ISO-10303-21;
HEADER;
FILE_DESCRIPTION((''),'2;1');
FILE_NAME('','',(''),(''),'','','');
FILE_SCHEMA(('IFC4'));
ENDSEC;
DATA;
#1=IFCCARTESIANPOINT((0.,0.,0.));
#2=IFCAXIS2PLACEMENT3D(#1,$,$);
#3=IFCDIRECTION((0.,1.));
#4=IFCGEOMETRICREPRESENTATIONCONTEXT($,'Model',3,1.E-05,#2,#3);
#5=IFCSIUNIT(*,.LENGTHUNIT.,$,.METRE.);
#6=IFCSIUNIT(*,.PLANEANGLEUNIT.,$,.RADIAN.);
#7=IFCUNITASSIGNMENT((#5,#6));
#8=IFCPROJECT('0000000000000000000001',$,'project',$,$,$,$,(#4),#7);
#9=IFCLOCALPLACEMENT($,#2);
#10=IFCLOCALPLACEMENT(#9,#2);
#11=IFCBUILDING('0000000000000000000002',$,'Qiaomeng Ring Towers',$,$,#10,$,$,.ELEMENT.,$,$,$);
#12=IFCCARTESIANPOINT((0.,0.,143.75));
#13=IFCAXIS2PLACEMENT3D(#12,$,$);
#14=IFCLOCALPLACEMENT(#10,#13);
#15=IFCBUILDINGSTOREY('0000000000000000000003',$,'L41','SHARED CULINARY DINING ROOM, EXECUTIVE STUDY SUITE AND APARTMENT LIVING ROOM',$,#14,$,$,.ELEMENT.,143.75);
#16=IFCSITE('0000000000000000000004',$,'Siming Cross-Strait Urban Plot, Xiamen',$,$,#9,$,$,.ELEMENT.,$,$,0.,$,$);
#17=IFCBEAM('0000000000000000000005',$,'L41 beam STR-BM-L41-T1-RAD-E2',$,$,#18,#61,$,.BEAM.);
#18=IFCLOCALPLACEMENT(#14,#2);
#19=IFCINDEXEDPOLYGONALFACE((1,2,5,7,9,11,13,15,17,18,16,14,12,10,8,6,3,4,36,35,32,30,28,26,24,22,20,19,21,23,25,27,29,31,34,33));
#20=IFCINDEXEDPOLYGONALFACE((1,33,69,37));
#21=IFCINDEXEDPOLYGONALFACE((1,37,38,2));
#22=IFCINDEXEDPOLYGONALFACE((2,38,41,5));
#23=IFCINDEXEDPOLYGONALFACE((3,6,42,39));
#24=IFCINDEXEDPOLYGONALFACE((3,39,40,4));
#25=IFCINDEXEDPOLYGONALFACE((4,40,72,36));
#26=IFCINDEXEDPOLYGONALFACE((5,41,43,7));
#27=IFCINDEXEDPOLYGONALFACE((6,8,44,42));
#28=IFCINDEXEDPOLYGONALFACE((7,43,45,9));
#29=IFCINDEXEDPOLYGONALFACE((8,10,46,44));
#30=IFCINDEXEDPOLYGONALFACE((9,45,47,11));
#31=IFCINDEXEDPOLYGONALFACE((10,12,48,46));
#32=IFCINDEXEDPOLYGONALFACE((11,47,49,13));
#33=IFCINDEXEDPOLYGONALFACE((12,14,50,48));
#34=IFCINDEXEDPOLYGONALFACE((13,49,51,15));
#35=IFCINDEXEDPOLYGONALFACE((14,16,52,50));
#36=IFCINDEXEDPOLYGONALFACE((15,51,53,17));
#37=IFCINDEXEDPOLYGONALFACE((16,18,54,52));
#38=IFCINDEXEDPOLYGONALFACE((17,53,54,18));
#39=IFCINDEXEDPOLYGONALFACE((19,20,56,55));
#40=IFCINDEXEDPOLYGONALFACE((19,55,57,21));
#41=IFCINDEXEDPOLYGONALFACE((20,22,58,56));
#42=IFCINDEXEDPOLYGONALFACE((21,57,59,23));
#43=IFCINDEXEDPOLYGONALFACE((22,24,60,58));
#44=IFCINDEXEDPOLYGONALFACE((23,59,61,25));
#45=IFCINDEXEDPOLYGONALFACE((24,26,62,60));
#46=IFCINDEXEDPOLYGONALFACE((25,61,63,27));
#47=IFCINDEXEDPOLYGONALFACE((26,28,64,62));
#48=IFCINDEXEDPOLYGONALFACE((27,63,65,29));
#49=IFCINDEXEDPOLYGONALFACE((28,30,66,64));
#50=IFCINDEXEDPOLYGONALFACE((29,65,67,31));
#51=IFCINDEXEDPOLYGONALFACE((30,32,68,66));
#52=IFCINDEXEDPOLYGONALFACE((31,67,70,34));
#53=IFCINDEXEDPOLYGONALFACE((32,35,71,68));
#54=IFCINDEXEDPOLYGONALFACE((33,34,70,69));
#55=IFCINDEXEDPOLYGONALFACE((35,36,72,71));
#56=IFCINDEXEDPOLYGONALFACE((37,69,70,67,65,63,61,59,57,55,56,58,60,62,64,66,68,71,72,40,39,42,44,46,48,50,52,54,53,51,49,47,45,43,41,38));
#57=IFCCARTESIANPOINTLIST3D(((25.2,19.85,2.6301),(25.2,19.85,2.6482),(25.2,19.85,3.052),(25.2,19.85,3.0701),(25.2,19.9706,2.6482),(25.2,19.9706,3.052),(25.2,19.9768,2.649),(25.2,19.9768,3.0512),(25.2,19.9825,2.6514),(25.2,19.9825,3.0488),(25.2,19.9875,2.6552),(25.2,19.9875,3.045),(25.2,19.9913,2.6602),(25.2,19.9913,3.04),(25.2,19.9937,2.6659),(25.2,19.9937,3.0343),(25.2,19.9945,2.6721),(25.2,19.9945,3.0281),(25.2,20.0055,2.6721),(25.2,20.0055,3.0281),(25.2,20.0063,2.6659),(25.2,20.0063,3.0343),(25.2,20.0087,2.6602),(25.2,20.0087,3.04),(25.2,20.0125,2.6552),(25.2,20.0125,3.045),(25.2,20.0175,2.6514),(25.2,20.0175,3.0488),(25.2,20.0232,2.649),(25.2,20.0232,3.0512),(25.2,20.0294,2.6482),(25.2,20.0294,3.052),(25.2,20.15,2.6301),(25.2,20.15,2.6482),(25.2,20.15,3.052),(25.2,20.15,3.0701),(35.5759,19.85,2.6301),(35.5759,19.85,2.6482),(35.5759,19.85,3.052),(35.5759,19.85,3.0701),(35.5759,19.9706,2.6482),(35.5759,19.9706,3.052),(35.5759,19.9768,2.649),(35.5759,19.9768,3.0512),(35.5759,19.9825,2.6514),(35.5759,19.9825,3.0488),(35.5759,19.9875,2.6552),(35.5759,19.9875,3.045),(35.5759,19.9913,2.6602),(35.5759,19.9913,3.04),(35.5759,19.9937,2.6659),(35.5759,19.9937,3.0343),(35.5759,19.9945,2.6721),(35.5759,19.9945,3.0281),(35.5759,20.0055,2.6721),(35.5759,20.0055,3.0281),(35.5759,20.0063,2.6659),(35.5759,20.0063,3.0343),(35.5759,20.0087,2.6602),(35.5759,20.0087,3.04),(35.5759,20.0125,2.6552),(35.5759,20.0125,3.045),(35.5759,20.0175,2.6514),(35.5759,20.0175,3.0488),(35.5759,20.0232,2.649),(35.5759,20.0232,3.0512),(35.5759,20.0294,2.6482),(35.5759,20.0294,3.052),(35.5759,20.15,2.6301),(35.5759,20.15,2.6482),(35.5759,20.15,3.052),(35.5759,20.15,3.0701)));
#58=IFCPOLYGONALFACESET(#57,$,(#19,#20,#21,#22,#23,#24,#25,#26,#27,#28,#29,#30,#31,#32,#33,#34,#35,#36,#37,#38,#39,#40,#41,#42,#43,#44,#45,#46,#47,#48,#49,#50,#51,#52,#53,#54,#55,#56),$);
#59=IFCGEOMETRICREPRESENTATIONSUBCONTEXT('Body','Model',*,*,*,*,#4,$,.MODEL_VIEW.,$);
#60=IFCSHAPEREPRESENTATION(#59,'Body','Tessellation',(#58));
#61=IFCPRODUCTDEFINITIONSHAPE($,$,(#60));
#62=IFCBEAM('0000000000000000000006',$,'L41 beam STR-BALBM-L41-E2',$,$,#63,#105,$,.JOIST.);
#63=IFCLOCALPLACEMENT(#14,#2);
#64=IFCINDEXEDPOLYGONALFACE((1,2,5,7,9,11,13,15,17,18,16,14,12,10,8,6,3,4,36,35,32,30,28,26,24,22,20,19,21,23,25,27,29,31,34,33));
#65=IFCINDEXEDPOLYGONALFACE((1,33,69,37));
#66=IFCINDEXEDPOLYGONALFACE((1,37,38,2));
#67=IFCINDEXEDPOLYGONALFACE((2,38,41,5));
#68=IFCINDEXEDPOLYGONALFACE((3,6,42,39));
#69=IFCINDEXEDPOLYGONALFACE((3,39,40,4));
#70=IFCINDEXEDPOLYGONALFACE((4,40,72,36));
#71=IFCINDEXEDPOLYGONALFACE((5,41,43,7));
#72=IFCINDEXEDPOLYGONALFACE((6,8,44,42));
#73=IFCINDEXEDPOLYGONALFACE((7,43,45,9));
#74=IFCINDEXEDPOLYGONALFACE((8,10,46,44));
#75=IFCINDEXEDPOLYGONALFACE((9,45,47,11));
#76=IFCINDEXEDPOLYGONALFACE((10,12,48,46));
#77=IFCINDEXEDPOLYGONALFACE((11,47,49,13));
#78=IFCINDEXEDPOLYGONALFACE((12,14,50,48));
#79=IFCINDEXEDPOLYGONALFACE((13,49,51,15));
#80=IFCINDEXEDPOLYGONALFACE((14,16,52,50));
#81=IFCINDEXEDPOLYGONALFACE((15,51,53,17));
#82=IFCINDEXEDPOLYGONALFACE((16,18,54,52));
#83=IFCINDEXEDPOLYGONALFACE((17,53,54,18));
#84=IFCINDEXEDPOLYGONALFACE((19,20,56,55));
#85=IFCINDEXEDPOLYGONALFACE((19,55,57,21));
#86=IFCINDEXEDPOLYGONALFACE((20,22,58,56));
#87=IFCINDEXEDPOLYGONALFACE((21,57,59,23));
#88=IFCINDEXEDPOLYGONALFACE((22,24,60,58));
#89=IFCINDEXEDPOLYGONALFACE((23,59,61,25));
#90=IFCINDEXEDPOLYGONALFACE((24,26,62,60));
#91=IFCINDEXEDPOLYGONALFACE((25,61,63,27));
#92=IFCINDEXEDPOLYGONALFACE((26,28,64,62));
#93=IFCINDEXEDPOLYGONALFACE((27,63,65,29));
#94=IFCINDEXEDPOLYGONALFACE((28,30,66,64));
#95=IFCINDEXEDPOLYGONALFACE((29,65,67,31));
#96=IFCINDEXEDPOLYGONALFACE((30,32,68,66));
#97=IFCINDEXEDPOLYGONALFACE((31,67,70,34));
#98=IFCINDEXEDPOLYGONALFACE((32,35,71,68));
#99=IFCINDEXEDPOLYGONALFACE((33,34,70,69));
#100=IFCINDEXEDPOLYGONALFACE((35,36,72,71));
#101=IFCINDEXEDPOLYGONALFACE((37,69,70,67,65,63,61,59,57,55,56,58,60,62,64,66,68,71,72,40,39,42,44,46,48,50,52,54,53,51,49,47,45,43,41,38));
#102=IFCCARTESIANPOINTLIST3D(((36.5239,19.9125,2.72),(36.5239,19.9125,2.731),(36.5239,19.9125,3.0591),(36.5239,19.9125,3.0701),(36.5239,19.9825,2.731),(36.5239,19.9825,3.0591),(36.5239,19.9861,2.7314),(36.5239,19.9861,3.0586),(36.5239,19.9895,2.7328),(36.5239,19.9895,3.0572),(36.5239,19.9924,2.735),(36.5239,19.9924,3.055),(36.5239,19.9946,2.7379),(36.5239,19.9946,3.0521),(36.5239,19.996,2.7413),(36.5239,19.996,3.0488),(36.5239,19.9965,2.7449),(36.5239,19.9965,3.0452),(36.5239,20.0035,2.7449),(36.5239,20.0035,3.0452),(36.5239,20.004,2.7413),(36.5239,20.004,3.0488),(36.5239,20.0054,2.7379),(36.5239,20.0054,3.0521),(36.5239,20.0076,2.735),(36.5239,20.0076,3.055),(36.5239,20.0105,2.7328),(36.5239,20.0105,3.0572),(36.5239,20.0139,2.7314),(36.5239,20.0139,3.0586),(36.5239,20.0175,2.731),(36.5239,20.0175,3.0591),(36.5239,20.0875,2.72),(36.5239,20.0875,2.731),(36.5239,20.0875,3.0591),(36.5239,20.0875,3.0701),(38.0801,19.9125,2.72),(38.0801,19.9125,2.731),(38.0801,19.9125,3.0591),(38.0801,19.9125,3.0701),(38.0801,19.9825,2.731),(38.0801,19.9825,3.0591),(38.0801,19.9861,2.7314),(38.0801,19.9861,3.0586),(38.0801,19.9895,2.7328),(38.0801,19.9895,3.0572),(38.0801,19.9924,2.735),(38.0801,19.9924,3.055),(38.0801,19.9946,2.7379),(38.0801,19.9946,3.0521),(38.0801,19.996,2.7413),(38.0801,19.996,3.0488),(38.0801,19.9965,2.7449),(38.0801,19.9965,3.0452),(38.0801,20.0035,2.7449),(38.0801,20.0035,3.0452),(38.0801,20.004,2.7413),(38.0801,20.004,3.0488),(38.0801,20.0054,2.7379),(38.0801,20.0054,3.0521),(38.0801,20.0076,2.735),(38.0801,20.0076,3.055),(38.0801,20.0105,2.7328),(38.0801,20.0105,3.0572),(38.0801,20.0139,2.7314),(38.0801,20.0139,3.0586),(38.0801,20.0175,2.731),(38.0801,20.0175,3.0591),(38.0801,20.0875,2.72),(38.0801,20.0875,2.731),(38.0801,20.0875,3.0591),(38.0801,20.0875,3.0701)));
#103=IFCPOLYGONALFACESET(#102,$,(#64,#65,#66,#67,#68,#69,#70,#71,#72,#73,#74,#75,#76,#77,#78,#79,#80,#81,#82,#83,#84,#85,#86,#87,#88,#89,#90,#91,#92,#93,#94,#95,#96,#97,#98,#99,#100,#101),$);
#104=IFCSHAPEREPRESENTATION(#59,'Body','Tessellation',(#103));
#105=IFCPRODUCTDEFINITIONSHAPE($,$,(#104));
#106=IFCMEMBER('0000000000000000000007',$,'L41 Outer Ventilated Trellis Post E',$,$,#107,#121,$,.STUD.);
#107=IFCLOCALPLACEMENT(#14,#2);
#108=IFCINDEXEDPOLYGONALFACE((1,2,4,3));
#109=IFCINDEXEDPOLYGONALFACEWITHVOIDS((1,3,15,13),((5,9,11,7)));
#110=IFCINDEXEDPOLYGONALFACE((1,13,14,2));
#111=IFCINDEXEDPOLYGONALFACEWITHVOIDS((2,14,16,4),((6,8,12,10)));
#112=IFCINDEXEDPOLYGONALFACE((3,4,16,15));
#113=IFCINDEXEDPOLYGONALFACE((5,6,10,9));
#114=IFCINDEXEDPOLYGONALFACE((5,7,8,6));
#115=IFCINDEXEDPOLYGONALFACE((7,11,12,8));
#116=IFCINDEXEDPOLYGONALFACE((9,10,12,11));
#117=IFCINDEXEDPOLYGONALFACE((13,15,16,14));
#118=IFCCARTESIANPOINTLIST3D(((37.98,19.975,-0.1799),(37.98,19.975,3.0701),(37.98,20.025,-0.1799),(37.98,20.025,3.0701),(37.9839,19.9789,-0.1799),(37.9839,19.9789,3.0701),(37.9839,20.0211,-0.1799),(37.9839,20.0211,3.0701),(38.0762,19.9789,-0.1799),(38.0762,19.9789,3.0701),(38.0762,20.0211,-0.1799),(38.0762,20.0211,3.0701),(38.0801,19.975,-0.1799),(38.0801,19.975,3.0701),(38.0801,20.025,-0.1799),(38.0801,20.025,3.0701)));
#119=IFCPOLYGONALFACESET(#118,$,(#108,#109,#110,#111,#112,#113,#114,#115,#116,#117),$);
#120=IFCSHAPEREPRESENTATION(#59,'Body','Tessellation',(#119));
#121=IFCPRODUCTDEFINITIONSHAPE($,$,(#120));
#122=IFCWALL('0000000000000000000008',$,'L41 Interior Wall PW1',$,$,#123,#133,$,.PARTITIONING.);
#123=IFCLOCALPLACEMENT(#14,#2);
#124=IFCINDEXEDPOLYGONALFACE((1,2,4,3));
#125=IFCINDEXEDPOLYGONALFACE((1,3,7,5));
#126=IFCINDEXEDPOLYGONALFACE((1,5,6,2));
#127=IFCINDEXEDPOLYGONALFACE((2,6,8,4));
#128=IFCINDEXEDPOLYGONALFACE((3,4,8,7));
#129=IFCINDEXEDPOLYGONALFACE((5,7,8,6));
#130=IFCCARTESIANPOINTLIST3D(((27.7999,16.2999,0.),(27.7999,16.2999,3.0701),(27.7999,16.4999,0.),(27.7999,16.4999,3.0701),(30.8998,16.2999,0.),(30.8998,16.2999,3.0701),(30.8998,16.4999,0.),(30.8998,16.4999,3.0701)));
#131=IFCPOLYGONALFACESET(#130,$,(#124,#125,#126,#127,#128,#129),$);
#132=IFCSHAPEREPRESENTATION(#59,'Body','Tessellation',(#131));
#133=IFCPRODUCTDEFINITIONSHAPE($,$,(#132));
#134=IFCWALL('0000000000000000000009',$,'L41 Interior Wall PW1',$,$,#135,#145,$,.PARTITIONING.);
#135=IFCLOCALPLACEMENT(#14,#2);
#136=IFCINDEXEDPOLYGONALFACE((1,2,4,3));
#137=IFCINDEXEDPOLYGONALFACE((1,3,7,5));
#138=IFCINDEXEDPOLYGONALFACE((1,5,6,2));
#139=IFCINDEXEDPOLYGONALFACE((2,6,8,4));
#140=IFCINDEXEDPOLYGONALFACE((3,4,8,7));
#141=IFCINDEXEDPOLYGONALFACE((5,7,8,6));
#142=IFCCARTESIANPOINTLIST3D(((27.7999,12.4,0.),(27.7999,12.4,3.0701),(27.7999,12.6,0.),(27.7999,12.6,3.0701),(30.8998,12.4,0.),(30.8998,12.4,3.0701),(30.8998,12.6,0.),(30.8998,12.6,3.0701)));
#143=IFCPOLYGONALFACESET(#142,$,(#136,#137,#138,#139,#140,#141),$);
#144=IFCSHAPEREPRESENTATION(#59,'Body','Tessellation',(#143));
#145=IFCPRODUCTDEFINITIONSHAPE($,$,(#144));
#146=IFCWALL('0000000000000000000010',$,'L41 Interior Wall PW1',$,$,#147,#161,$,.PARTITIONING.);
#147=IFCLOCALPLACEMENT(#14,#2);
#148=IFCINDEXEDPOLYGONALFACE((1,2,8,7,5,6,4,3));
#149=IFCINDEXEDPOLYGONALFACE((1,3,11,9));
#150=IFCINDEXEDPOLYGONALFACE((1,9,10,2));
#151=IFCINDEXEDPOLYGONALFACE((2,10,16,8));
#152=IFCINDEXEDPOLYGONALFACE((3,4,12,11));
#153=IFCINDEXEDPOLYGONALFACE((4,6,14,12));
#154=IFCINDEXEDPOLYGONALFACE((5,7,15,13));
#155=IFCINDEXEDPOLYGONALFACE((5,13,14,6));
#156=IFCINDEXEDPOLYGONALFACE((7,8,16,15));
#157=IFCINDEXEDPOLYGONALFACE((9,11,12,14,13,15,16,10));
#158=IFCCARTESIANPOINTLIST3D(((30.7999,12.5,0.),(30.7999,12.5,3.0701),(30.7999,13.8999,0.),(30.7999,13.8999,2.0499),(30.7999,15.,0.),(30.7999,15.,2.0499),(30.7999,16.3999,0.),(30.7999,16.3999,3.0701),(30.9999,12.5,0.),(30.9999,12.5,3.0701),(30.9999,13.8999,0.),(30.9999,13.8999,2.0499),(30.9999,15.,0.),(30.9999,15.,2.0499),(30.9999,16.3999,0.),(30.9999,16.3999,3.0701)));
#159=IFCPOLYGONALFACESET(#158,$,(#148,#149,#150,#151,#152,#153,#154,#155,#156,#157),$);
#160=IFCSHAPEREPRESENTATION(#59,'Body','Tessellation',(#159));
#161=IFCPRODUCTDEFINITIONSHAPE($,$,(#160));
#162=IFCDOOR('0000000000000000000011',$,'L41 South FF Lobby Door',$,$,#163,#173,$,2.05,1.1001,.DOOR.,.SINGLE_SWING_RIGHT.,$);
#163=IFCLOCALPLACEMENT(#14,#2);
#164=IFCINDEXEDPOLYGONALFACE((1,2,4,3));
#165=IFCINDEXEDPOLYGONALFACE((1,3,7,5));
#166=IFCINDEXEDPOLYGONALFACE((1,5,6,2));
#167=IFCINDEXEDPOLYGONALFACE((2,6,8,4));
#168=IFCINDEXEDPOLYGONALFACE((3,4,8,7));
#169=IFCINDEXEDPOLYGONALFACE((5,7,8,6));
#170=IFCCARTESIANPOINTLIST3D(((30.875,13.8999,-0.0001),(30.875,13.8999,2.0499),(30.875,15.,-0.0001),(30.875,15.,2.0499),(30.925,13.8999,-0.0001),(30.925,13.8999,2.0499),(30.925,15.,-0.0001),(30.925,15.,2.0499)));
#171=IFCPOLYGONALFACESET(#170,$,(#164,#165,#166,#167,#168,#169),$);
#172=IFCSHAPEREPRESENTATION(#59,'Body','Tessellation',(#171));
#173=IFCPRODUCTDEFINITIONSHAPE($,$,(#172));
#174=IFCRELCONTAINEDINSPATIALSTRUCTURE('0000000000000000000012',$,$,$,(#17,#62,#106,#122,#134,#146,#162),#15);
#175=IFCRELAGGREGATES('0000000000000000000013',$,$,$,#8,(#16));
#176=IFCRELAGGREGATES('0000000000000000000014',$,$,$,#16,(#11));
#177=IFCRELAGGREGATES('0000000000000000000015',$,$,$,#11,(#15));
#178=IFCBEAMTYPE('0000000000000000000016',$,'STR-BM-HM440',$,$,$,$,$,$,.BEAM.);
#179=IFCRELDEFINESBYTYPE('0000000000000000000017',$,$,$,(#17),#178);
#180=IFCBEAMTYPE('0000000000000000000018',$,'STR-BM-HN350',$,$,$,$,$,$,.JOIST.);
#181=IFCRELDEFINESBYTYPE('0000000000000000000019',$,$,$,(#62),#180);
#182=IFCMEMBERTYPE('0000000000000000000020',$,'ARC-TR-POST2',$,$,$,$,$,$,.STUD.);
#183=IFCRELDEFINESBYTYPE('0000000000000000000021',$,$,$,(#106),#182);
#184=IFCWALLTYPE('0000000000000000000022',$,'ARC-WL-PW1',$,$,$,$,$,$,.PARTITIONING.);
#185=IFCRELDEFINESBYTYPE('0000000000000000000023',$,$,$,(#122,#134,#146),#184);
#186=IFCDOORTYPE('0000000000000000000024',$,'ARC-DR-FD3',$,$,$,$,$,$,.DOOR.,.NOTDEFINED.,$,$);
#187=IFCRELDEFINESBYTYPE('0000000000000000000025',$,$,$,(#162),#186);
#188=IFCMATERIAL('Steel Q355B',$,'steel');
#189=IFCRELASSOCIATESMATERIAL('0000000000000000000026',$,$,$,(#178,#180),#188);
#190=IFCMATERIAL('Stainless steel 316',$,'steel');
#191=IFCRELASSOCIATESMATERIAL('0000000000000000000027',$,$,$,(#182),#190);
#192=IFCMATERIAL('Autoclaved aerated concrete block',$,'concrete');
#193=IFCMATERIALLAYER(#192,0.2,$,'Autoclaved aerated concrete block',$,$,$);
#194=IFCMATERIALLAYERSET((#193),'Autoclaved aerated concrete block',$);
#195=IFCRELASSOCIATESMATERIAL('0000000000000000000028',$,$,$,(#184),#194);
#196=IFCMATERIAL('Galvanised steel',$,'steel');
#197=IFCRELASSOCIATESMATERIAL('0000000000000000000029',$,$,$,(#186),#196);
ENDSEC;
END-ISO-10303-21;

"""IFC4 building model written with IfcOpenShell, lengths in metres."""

from ifc_helpers import new_model, si_unit, direction, frame, frame_2d, origin, origin_2d, place, context, subcontext, project, spatial, rectangle, hollow_rectangle, i_section, extrude, source, transform, mapped, material, layer, layer_set, material_profile, profile_set, type_object, element, fill, save


model = new_model("IFC4")

# Units and contexts
model_context = context("Model", 3, precision=1e-05, world=origin(), true_north=direction((0.0, 1.0)))
body_context = subcontext(model_context, "Body", "Model", "MODEL_VIEW")
ifc_project = project(units=[si_unit("LENGTHUNIT", "METRE"), si_unit("PLANEANGLEUNIT", "RADIAN")], contexts=[model_context])

# Site, building, storey
site_placement = place(None, origin())
site = spatial("IfcSite", under=ifc_project, at=site_placement, Name="Siming Cross-Strait Urban Plot, Xiamen", CompositionType="ELEMENT", RefElevation=0.0)
building_placement = place(site_placement, origin())
building = spatial("IfcBuilding", under=site, at=building_placement, Name="Qiaomeng Ring Towers", CompositionType="ELEMENT")
storey_placement = place(building_placement, frame((0.0, 0.0, 143.75)))
storey = spatial("IfcBuildingStorey", under=building, at=storey_placement, Name="L41", Description="SHARED CULINARY DINING ROOM, EXECUTIVE STUDY SUITE AND APARTMENT LIVING ROOM", CompositionType="ELEMENT", Elevation=143.75)

# Beams
ifc_material_1 = material(Name="Steel Q355B", Category="steel")
ifc_material_profile_1 = material_profile(ifc_material_1, i_section(OverallWidth=0.3, OverallDepth=0.4399, WebThickness=0.011, FlangeThickness=0.0181, FilletRadius=0.0239, at=origin_2d()), Name="HM 440x300x11x18")
ifc_profile_set_1 = profile_set([ifc_material_profile_1], Name="Steel Q355B")
beam_type_1 = type_object("IfcBeamType", Name="STR-BM-HM440", PredefinedType="BEAM", material=ifc_profile_set_1)
shared_shape_1 = source(origin(), body_context, "Body", "SweptSolid", [
    extrude(i_section(OverallWidth=0.3, OverallDepth=0.4399, WebThickness=0.011, FlangeThickness=0.0181, FilletRadius=0.0239, at=origin_2d()), origin(), (0.0, 0.0, 1.0), 10.376),
])
beam_1_placement = place(storey_placement, frame((25.2, 20.0, 2.8501), z_axis=(1.0, 0.0, 0.0), x_axis=(0.0, 1.0, 0.0)))
element("IfcBeam", 1, at=beam_1_placement, inside=storey, type_object=beam_type_1, Name="L41 beam STR-BM-L41-T1-RAD-E2", PredefinedType="BEAM", context=body_context, shape_type="MappedRepresentation", body=[
    mapped(shared_shape_1, transform((0.0, 0.0, 0.0), x_axis=(1.0, 0.0, 0.0), y_axis=(0.0, 1.0, 0.0), z_axis=(0.0, 0.0, 1.0), scale=1.0)),
])
ifc_material_profile_2 = material_profile(ifc_material_1, i_section(OverallWidth=0.175, OverallDepth=0.3501, WebThickness=0.0071, FlangeThickness=0.011, FilletRadius=0.0139, at=origin_2d()), Name="HN 350x175x7x11")
ifc_profile_set_2 = profile_set([ifc_material_profile_2], Name="Steel Q355B")
beam_type_2 = type_object("IfcBeamType", Name="STR-BM-HN350", PredefinedType="JOIST", material=ifc_profile_set_2)
shared_shape_2 = source(origin(), body_context, "Body", "SweptSolid", [
    extrude(i_section(OverallWidth=0.175, OverallDepth=0.3501, WebThickness=0.0071, FlangeThickness=0.011, FilletRadius=0.0139, at=origin_2d()), origin(), (0.0, 0.0, 1.0), 1.5562),
])
beam_2_placement = place(storey_placement, frame((36.5239, 20.0, 2.895), z_axis=(1.0, 0.0, 0.0), x_axis=(0.0, 1.0, 0.0)))
element("IfcBeam", 2, at=beam_2_placement, inside=storey, type_object=beam_type_2, Name="L41 beam STR-BALBM-L41-E2", PredefinedType="JOIST", context=body_context, shape_type="MappedRepresentation", body=[
    mapped(shared_shape_2, transform((0.0, 0.0, 0.0), x_axis=(1.0, 0.0, 0.0), y_axis=(0.0, 1.0, 0.0), z_axis=(0.0, 0.0, 1.0), scale=1.0)),
])

# Member
ifc_material_2 = material(Name="Stainless steel 316", Category="steel")
ifc_material_profile_3 = material_profile(ifc_material_2, hollow_rectangle(XDim=0.05, YDim=0.1001, WallThickness=0.0039, at=origin_2d()), Name="SS TRELLIS 100x50")
ifc_profile_set_3 = profile_set([ifc_material_profile_3], Name="Stainless steel 316")
member_type = type_object("IfcMemberType", Name="ARC-TR-POST2", PredefinedType="STUD", material=ifc_profile_set_3)
shared_shape_3 = source(origin(), body_context, "Body", "SweptSolid", [
    extrude(hollow_rectangle(XDim=0.05, YDim=0.1001, WallThickness=0.0039, at=origin_2d()), origin(), (0.0, 0.0, 1.0), 3.25),
])
member_placement = place(storey_placement, frame((38.03, 20.0, -0.1799), z_axis=(0.0, 0.0, 1.0), x_axis=(0.0, 1.0, 0.0)))
element("IfcMember", 3, at=member_placement, inside=storey, type_object=member_type, Name="L41 Outer Ventilated Trellis Post E", PredefinedType="STUD", context=body_context, shape_type="MappedRepresentation", body=[
    mapped(shared_shape_3, transform((0.0, 0.0, 0.0), x_axis=(1.0, 0.0, 0.0), y_axis=(0.0, 1.0, 0.0), z_axis=(0.0, 0.0, 1.0), scale=1.0)),
])

# Walls
ifc_material_3 = material(Name="Autoclaved aerated concrete block", Category="concrete")
ifc_layer_1 = layer(ifc_material_3, 0.2, Name="Autoclaved aerated concrete block")
ifc_layer_set_1 = layer_set([ifc_layer_1], Name="Autoclaved aerated concrete block")
wall_type_1 = type_object("IfcWallType", Name="ARC-WL-PW1", PredefinedType="PARTITIONING", material=ifc_layer_set_1)
for number, where, z_axis, x_axis, name in (
    (4, (27.8, 16.3999, 0.0), (0.0, 0.0, 1.0), (1.0, 0.0, 0.0), "L41 Interior Wall PW1"),
    (5, (27.8, 12.5, 0.0), (0.0, 0.0, 1.0), (1.0, 0.0, 0.0), "L41 Interior Wall PW1"),
):
    element("IfcWall", number, at=place(storey_placement, frame(where, z_axis=z_axis, x_axis=x_axis)), inside=storey, type_object=wall_type_1, Name=name, PredefinedType="PARTITIONING", context=body_context, shape_type="SweptSolid", body=[
        extrude(rectangle(XDim=3.0999, YDim=0.2, at=frame_2d((1.5498, 0.0))), origin(), (0.0, 0.0, 1.0), 3.0701),
    ])

# Wall, opening, door
wall_1_placement = place(storey_placement, frame((30.8999, 12.5, 0.0), z_axis=(0.0, 0.0, 1.0), x_axis=(0.0, 1.0, 0.0)))
wall_1 = element("IfcWall", 6, at=wall_1_placement, inside=storey, type_object=wall_type_1, Name="L41 Interior Wall PW1", PredefinedType="PARTITIONING", context=body_context, shape_type="SweptSolid", body=[
    extrude(rectangle(XDim=3.8999, YDim=0.2, at=frame_2d((1.95, 0.0))), origin(), (0.0, 0.0, 1.0), 3.0701),
])
opening_1_placement = place(wall_1_placement, frame((1.3999, 0.0, 0.0)))
opening_1 = element("IfcOpeningElement", 7, at=opening_1_placement, cuts=wall_1, PredefinedType="OPENING", context=body_context, shape_type="SweptSolid", body=[
    extrude(rectangle(XDim=1.1001, YDim=2.05, at=frame_2d((0.55, 1.0249))), frame((0.0, 0.1099, 0.0), z_axis=(0.0, -1.0, 0.0), x_axis=(1.0, 0.0, 0.0)), (0.0, 0.0, 1.0), 0.22),
])
ifc_material_4 = material(Name="Galvanised steel", Category="steel")
door_type_1 = type_object("IfcDoorType", Name="ARC-DR-FD3", OperationType="NOTDEFINED", PredefinedType="DOOR", material=ifc_material_4)
shared_shape_4 = source(origin(), body_context, "Body", "SweptSolid", [
    extrude(rectangle(XDim=1.1001, YDim=2.05, at=frame_2d((0.55, 1.0249))), frame((0.0, 0.0249, 0.0), z_axis=(0.0, -1.0, 0.0), x_axis=(1.0, 0.0, 0.0)), (0.0, 0.0, 1.0), 0.05),
])
door_1_placement = place(opening_1_placement, origin())
door_1 = element("IfcDoor", 8, at=door_1_placement, inside=storey, type_object=door_type_1, Name="L41 South FF Lobby Door", OperationType="SINGLE_SWING_RIGHT", OverallHeight=2.05, OverallWidth=1.1001, PredefinedType="DOOR", context=body_context, shape_type="MappedRepresentation", body=[
    mapped(shared_shape_4, transform((0.0, 0.0, 0.0), x_axis=(1.0, 0.0, 0.0), y_axis=(0.0, 1.0, 0.0), z_axis=(0.0, 0.0, 1.0), scale=1.0)),
])
fill(opening_1, door_1)

save(model, "model.ifc")
